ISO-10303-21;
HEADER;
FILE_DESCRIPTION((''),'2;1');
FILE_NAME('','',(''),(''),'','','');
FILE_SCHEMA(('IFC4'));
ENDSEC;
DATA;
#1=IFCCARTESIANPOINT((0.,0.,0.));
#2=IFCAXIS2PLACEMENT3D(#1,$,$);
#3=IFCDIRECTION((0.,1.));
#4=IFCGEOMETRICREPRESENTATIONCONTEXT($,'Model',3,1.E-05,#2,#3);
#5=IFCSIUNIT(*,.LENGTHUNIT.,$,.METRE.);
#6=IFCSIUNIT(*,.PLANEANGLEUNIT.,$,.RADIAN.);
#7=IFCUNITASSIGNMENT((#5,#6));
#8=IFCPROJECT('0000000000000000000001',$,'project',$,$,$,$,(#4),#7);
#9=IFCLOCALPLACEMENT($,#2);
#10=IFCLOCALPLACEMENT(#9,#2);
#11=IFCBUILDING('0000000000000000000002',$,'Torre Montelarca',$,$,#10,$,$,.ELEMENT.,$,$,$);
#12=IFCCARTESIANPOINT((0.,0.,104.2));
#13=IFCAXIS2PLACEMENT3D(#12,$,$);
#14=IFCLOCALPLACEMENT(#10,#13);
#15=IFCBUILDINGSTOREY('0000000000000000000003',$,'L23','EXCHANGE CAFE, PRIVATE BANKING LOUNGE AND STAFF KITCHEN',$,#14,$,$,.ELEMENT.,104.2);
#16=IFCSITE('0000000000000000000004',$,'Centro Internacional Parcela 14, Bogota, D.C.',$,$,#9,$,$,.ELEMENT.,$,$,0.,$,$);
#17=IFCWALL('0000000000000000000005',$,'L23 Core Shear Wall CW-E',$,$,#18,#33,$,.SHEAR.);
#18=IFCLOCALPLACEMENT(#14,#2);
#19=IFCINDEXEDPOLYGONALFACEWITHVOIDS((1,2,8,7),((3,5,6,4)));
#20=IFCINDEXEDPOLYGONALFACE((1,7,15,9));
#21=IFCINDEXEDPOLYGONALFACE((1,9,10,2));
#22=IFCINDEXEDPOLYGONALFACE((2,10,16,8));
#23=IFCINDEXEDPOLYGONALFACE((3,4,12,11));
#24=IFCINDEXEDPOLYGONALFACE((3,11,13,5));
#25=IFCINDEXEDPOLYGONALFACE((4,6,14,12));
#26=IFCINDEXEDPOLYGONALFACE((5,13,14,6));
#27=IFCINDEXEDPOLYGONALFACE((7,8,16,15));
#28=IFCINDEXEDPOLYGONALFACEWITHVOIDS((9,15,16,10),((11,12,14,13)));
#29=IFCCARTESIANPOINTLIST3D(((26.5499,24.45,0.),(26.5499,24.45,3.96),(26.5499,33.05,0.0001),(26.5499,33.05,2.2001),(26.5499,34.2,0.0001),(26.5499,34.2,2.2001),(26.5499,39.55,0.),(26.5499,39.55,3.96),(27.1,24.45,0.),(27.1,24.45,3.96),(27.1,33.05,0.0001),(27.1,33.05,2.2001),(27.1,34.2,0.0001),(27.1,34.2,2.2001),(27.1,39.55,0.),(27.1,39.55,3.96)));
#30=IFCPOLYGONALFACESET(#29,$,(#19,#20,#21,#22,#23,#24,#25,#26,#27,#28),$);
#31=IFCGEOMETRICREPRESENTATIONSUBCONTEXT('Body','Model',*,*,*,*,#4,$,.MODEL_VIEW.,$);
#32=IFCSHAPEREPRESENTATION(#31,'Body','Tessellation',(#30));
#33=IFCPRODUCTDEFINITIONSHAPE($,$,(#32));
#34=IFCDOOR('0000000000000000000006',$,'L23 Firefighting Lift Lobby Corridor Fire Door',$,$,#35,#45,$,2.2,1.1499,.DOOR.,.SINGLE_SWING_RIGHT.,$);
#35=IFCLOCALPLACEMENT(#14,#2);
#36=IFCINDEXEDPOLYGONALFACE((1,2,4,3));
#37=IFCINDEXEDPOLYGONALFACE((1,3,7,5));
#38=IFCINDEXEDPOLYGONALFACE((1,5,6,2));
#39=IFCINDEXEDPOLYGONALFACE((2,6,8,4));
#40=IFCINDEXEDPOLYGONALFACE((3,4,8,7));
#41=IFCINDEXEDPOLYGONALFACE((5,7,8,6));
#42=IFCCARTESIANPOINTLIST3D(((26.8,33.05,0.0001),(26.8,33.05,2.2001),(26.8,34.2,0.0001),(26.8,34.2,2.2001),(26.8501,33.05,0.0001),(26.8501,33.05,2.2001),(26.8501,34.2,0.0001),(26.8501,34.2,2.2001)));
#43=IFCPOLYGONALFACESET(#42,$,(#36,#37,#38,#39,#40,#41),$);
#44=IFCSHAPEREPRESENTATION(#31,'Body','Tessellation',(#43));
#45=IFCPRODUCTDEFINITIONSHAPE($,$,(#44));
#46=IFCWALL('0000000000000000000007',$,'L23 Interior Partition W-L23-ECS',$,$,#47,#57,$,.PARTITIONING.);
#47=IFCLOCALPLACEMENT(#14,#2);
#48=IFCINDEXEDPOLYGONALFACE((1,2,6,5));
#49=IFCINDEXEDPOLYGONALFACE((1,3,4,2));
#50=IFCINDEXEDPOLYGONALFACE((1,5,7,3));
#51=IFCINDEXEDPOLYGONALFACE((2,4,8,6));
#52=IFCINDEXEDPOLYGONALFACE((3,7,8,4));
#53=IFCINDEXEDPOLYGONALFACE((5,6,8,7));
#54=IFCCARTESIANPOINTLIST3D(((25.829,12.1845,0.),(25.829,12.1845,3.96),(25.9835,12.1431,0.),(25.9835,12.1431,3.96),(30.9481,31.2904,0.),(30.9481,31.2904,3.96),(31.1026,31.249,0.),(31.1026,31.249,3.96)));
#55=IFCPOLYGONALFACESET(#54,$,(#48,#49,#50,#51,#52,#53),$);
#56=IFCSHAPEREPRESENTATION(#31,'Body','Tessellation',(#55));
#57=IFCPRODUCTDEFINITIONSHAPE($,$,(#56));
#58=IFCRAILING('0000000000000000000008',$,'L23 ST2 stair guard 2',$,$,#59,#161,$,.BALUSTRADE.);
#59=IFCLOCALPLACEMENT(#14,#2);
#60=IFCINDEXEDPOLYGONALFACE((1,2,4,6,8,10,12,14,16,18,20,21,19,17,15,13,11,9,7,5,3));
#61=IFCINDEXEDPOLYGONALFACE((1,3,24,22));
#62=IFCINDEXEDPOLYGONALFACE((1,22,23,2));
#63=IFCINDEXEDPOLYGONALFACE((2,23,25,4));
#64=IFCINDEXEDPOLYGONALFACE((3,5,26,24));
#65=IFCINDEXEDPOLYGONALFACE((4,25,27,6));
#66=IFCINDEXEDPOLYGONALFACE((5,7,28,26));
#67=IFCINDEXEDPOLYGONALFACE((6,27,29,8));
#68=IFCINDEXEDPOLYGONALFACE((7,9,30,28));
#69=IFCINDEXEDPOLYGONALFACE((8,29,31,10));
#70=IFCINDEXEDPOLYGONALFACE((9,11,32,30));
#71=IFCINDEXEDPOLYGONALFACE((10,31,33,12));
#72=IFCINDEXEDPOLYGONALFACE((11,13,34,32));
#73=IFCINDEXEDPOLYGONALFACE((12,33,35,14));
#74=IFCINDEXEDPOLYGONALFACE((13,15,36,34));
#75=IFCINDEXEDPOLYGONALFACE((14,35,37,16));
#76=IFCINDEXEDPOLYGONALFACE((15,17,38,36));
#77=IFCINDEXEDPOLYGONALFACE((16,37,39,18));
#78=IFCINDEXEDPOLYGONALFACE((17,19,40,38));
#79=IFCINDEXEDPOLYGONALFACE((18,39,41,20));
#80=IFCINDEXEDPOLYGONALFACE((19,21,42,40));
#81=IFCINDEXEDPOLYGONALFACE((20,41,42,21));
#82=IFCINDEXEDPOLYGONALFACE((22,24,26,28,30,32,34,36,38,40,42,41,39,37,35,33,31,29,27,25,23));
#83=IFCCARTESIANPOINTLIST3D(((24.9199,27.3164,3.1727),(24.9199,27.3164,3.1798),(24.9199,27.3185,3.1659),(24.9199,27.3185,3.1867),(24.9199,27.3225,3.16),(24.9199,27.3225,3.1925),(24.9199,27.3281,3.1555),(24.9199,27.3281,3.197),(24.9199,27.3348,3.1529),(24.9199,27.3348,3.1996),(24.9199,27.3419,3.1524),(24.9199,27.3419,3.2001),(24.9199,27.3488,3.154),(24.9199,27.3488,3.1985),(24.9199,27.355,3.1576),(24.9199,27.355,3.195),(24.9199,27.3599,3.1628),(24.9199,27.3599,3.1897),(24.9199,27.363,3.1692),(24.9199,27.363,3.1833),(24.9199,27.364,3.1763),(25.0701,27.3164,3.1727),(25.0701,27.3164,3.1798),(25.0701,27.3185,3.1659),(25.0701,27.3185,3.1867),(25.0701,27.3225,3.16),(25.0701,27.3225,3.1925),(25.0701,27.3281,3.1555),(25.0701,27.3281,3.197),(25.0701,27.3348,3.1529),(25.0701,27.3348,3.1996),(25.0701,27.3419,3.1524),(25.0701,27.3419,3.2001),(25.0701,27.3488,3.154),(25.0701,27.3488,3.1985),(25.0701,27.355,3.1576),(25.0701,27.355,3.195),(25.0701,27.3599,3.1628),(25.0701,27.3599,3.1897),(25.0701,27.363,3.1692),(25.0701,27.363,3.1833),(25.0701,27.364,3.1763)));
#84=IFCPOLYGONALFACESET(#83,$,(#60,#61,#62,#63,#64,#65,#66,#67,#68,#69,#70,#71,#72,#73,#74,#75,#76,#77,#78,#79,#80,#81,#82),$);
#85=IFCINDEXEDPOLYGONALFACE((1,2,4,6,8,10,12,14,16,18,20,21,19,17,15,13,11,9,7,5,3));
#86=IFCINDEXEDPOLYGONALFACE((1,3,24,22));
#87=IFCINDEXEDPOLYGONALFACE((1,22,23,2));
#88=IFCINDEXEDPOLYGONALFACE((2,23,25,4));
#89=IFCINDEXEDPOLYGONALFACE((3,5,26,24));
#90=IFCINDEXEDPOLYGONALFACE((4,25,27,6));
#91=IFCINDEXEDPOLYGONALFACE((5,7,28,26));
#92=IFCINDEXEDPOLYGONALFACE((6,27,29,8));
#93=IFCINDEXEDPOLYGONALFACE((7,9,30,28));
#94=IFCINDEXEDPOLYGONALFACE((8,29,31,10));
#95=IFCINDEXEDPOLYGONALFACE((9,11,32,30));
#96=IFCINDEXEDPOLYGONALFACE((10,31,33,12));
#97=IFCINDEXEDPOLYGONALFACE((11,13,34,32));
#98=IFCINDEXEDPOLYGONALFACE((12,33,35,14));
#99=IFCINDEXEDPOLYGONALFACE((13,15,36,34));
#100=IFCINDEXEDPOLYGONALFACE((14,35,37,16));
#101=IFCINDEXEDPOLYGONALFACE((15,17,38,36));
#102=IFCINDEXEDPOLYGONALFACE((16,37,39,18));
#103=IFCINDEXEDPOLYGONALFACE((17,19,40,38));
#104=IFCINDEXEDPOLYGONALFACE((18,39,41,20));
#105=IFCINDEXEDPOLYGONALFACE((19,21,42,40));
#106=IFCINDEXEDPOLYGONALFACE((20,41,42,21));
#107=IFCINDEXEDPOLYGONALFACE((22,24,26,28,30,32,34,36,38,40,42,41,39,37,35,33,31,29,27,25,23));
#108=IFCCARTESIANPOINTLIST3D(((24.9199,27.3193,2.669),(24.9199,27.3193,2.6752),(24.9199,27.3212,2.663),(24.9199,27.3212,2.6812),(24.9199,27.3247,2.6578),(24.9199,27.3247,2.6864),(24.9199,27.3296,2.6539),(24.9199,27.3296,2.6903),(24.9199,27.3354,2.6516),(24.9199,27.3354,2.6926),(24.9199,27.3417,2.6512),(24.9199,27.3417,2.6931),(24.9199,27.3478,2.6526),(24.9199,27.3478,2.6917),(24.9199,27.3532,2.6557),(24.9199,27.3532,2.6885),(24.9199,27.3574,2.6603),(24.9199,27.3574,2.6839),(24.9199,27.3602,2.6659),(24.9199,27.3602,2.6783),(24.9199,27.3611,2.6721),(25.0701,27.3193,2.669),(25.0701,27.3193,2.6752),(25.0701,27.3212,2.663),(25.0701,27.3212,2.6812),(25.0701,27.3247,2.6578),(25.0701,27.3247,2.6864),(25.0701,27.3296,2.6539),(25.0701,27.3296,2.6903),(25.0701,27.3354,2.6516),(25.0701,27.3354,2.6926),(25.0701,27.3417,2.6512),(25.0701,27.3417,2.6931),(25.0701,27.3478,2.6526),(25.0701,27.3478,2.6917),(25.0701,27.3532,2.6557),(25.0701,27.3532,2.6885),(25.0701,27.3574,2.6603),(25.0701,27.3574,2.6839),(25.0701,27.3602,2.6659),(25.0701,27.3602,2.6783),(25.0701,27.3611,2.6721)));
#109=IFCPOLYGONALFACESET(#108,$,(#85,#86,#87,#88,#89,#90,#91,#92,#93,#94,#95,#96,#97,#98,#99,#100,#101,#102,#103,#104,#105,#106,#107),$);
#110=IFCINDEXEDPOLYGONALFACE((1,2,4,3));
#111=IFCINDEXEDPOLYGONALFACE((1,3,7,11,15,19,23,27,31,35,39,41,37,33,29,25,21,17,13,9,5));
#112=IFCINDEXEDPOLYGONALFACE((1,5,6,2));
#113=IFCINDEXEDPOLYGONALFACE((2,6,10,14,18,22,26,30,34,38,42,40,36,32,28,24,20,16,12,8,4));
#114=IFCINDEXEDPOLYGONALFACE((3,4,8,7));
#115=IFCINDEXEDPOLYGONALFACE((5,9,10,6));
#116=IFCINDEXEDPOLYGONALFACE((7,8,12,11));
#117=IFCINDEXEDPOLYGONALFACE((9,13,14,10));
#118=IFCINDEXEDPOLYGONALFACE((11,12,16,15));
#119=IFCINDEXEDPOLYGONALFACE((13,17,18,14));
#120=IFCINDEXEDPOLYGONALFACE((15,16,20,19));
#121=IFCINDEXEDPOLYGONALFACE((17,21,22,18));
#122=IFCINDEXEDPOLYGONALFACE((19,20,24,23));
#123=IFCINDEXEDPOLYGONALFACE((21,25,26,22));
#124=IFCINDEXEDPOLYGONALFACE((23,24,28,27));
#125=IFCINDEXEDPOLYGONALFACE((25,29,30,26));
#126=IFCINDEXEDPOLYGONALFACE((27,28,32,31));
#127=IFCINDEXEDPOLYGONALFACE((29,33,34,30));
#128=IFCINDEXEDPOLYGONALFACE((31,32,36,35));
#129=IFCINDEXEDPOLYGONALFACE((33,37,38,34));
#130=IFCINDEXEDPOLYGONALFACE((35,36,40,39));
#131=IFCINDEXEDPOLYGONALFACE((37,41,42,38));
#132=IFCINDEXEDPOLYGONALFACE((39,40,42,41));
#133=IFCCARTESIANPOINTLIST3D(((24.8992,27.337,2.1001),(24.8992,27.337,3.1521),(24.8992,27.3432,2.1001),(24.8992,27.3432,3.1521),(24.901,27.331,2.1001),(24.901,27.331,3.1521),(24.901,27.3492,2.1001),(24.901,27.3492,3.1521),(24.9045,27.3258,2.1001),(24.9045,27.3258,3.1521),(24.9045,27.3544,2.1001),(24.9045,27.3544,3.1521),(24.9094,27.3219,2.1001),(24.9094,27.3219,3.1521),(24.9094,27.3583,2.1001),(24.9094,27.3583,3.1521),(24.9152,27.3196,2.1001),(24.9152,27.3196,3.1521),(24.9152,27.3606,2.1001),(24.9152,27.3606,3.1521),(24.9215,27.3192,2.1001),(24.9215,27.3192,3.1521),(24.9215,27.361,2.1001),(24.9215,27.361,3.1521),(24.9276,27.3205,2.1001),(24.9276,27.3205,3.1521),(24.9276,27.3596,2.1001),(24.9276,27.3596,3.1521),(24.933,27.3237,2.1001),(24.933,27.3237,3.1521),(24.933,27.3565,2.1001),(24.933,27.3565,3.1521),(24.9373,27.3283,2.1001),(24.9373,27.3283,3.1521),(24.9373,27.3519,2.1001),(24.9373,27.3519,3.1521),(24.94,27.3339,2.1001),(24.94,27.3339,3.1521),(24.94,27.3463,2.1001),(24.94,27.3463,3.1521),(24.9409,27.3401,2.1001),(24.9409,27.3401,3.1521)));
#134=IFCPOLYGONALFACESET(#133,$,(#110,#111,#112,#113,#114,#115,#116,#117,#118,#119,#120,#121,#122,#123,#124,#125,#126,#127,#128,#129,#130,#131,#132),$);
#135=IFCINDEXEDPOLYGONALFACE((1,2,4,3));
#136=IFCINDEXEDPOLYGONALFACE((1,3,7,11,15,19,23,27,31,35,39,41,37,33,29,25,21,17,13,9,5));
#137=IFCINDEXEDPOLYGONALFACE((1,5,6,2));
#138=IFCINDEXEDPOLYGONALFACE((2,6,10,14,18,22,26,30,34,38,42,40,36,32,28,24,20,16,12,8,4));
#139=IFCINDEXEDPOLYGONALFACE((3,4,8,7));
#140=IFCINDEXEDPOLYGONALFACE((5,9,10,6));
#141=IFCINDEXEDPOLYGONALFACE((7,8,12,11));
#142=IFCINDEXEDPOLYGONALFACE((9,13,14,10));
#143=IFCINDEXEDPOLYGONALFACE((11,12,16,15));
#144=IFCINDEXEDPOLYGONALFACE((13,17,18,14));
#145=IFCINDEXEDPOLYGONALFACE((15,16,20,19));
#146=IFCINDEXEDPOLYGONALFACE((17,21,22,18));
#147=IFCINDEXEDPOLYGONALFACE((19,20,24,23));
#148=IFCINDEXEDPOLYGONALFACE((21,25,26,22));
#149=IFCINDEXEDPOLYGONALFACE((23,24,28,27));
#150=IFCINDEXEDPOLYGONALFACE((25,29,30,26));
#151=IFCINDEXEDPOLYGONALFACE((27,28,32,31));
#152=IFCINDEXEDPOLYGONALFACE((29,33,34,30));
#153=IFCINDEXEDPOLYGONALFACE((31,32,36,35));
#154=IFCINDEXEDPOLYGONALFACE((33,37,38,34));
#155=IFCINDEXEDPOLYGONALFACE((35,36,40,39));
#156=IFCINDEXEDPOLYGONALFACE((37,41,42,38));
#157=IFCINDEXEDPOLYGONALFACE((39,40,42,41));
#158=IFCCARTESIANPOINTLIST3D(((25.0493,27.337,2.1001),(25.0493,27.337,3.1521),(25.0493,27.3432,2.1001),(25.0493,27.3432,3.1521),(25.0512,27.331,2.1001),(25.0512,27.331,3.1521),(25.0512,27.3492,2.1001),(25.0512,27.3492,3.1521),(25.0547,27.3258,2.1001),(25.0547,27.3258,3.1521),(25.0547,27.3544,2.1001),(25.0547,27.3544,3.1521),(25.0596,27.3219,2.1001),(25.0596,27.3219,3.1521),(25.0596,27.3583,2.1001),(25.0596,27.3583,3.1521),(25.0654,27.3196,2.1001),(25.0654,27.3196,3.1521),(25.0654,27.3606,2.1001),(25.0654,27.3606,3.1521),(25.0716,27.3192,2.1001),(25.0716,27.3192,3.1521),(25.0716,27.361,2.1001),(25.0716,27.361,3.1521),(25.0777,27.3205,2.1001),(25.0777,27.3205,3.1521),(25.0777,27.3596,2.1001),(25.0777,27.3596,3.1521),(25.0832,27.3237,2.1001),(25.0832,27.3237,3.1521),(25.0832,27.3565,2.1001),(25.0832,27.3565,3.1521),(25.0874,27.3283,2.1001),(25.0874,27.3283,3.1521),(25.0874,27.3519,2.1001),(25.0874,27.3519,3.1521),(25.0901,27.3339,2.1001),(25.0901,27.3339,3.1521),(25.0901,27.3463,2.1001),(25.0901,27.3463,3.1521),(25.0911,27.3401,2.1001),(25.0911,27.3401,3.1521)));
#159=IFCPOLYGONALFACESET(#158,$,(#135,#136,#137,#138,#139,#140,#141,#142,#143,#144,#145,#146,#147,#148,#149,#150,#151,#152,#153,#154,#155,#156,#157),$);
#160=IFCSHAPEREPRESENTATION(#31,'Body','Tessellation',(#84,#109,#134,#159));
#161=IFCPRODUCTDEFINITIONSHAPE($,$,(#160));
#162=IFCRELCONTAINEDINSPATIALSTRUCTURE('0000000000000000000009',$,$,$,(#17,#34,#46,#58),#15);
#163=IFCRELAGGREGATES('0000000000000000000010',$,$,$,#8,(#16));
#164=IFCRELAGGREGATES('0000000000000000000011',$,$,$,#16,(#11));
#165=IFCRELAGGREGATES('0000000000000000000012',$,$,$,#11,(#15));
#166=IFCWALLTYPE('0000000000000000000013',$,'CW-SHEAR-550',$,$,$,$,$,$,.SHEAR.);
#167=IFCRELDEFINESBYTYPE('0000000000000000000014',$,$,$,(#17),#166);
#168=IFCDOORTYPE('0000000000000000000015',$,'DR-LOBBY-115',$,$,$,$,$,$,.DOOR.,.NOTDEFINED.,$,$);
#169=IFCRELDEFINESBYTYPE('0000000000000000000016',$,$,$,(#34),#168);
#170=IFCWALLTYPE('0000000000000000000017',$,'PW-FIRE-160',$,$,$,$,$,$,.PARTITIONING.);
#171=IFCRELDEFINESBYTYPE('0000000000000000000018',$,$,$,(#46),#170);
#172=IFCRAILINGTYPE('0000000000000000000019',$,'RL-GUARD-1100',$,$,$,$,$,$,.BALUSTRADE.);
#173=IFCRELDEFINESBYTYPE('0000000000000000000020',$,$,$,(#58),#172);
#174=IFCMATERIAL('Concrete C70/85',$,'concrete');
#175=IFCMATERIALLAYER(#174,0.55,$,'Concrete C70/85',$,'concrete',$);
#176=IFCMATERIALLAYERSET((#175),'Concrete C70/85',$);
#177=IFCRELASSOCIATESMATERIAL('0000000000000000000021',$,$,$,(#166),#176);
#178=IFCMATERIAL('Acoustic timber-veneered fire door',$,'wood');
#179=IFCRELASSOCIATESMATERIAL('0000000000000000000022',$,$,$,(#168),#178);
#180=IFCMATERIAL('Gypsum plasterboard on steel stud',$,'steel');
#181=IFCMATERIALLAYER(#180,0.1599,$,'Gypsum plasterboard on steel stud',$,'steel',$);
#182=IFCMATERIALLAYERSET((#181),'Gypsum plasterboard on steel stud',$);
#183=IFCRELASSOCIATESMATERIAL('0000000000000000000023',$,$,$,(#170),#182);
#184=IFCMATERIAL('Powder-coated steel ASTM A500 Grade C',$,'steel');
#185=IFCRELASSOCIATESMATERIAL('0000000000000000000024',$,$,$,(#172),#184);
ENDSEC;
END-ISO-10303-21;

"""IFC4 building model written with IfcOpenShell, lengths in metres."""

from ifc_helpers import new_model, si_unit, direction, frame, frame_2d, origin, origin_2d, place, context, subcontext, project, spatial, rectangle, circle, extrude, source, transform, mapped, material, layer, layer_set, type_object, element, fill, save


model = new_model("IFC4")

# Units and contexts
model_context = context("Model", 3, precision=1e-05, world=origin(), true_north=direction((0.0, 1.0)))
body_context = subcontext(model_context, "Body", "Model", "MODEL_VIEW")
ifc_project = project(units=[si_unit("LENGTHUNIT", "METRE"), si_unit("PLANEANGLEUNIT", "RADIAN")], contexts=[model_context])

# Site, building, storey
site_placement = place(None, origin())
site = spatial("IfcSite", under=ifc_project, at=site_placement, Name="Centro Internacional Parcela 14, Bogota, D.C.", CompositionType="ELEMENT", RefElevation=0.0)
building_placement = place(site_placement, origin())
building = spatial("IfcBuilding", under=site, at=building_placement, Name="Torre Montelarca", CompositionType="ELEMENT")
storey_placement = place(building_placement, frame((0.0, 0.0, 104.2)))
storey = spatial("IfcBuildingStorey", under=building, at=storey_placement, Name="L23", Description="EXCHANGE CAFE, PRIVATE BANKING LOUNGE AND STAFF KITCHEN", CompositionType="ELEMENT", Elevation=104.2)

# Shared definitions
ifc_material_1 = material(Name="Concrete C70/85", Category="concrete")

# Wall, opening, door
ifc_layer_1 = layer(ifc_material_1, 0.55, Name="Concrete C70/85", Category="concrete")
ifc_layer_set_1 = layer_set([ifc_layer_1], Name="Concrete C70/85")
wall_type_1 = type_object("IfcWallType", Name="CW-SHEAR-550", PredefinedType="SHEAR", material=ifc_layer_set_1)
wall_1_placement = place(storey_placement, frame((26.825, 24.45, 0.0), z_axis=(0.0, 0.0, 1.0), x_axis=(0.0, 1.0, 0.0)))
wall_1 = element("IfcWall", 1, at=wall_1_placement, inside=storey, type_object=wall_type_1, Name="L23 Core Shear Wall CW-E", PredefinedType="SHEAR", context=body_context, shape_type="SweptSolid", body=[
    extrude(rectangle(XDim=15.1001, YDim=0.55, at=frame_2d((7.55, 0.0))), origin(), (0.0, 0.0, 1.0), 3.96),
])
opening_placement = place(wall_1_placement, frame((8.6001, 0.0, 0.0)))
opening = element("IfcOpeningElement", 2, at=opening_placement, cuts=wall_1, PredefinedType="OPENING", context=body_context, shape_type="SweptSolid", body=[
    extrude(rectangle(XDim=1.1499, YDim=2.2, at=frame_2d((0.575, 1.1001))), frame((0.0, 0.2852, 0.0), z_axis=(0.0, -1.0, 0.0), x_axis=(1.0, 0.0, 0.0)), (0.0, 0.0, 1.0), 0.5701),
])
ifc_material_2 = material(Name="Acoustic timber-veneered fire door", Category="wood")
door_type = type_object("IfcDoorType", Name="DR-LOBBY-115", OperationType="NOTDEFINED", PredefinedType="DOOR", material=ifc_material_2)
shared_shape_1 = source(origin(), body_context, "Body", "SweptSolid", [
    extrude(rectangle(XDim=1.1499, YDim=2.2, at=frame_2d((0.575, 1.1001))), frame((0.0, 0.0249, 0.0), z_axis=(0.0, -1.0, 0.0), x_axis=(1.0, 0.0, 0.0)), (0.0, 0.0, 1.0), 0.05),
])
door_placement = place(opening_placement, origin())
door = element("IfcDoor", 3, at=door_placement, inside=storey, type_object=door_type, Name="L23 Firefighting Lift Lobby Corridor Fire Door", OperationType="SINGLE_SWING_RIGHT", OverallHeight=2.2, OverallWidth=1.1499, PredefinedType="DOOR", context=body_context, shape_type="MappedRepresentation", body=[
    mapped(shared_shape_1, transform((0.0, 0.0, 0.0), scale=1.0)),
])
fill(opening, door)

# Wall
ifc_material_3 = material(Name="Gypsum plasterboard on steel stud", Category="steel")
ifc_layer_2 = layer(ifc_material_3, 0.1599, Name="Gypsum plasterboard on steel stud", Category="steel")
ifc_layer_set_2 = layer_set([ifc_layer_2], Name="Gypsum plasterboard on steel stud")
wall_type_2 = type_object("IfcWallType", Name="PW-FIRE-160", PredefinedType="PARTITIONING", material=ifc_layer_set_2)
wall_2_placement = place(storey_placement, frame((25.9062, 12.1638, 0.0), z_axis=(0.0, 0.0, 1.0), x_axis=(0.258806, 0.965929, 0.0)))
element("IfcWall", 4, at=wall_2_placement, inside=storey, type_object=wall_type_2, Name="L23 Interior Partition W-L23-ECS", PredefinedType="PARTITIONING", context=body_context, shape_type="SweptSolid", body=[
    extrude(rectangle(XDim=19.7798, YDim=0.1599, at=frame_2d((9.8899, 0.0))), origin(), (0.0, 0.0, 1.0), 3.96),
])

# Railing
ifc_material_4 = material(Name="Powder-coated steel ASTM A500 Grade C", Category="steel")
railing_type = type_object("IfcRailingType", Name="RL-GUARD-1100", PredefinedType="BALUSTRADE", material=ifc_material_4)
railing_1_placement = place(storey_placement, frame((24.9199, 27.3401, 2.1001)))
element("IfcRailing", 5, at=railing_1_placement, inside=storey, type_object=railing_type, Name="L23 ST2 stair guard 2", PredefinedType="BALUSTRADE", context=body_context, shape_type="SweptSolid", body=[
    extrude(circle(Radius=0.0239, at=origin_2d()), frame((0.0, 0.0, 1.0762), z_axis=(1.0, 0.0, 0.0), x_axis=(0.0, 1.0, 0.0)), (0.0, 0.0, 1.0), 0.1501),
    extrude(circle(Radius=0.021, at=origin_2d()), frame((0.0, 0.0, 0.572), z_axis=(1.0, 0.0, 0.0), x_axis=(0.0, 1.0, 0.0)), (0.0, 0.0, 1.0), 0.1501),
    extrude(circle(Radius=0.021, at=origin_2d()), origin(), (0.0, 0.0, 1.0), 1.052),
    extrude(circle(Radius=0.021, at=origin_2d()), frame((0.1501, 0.0, 0.0)), (0.0, 0.0, 1.0), 1.052),
])

save(model, "model.ifc")
